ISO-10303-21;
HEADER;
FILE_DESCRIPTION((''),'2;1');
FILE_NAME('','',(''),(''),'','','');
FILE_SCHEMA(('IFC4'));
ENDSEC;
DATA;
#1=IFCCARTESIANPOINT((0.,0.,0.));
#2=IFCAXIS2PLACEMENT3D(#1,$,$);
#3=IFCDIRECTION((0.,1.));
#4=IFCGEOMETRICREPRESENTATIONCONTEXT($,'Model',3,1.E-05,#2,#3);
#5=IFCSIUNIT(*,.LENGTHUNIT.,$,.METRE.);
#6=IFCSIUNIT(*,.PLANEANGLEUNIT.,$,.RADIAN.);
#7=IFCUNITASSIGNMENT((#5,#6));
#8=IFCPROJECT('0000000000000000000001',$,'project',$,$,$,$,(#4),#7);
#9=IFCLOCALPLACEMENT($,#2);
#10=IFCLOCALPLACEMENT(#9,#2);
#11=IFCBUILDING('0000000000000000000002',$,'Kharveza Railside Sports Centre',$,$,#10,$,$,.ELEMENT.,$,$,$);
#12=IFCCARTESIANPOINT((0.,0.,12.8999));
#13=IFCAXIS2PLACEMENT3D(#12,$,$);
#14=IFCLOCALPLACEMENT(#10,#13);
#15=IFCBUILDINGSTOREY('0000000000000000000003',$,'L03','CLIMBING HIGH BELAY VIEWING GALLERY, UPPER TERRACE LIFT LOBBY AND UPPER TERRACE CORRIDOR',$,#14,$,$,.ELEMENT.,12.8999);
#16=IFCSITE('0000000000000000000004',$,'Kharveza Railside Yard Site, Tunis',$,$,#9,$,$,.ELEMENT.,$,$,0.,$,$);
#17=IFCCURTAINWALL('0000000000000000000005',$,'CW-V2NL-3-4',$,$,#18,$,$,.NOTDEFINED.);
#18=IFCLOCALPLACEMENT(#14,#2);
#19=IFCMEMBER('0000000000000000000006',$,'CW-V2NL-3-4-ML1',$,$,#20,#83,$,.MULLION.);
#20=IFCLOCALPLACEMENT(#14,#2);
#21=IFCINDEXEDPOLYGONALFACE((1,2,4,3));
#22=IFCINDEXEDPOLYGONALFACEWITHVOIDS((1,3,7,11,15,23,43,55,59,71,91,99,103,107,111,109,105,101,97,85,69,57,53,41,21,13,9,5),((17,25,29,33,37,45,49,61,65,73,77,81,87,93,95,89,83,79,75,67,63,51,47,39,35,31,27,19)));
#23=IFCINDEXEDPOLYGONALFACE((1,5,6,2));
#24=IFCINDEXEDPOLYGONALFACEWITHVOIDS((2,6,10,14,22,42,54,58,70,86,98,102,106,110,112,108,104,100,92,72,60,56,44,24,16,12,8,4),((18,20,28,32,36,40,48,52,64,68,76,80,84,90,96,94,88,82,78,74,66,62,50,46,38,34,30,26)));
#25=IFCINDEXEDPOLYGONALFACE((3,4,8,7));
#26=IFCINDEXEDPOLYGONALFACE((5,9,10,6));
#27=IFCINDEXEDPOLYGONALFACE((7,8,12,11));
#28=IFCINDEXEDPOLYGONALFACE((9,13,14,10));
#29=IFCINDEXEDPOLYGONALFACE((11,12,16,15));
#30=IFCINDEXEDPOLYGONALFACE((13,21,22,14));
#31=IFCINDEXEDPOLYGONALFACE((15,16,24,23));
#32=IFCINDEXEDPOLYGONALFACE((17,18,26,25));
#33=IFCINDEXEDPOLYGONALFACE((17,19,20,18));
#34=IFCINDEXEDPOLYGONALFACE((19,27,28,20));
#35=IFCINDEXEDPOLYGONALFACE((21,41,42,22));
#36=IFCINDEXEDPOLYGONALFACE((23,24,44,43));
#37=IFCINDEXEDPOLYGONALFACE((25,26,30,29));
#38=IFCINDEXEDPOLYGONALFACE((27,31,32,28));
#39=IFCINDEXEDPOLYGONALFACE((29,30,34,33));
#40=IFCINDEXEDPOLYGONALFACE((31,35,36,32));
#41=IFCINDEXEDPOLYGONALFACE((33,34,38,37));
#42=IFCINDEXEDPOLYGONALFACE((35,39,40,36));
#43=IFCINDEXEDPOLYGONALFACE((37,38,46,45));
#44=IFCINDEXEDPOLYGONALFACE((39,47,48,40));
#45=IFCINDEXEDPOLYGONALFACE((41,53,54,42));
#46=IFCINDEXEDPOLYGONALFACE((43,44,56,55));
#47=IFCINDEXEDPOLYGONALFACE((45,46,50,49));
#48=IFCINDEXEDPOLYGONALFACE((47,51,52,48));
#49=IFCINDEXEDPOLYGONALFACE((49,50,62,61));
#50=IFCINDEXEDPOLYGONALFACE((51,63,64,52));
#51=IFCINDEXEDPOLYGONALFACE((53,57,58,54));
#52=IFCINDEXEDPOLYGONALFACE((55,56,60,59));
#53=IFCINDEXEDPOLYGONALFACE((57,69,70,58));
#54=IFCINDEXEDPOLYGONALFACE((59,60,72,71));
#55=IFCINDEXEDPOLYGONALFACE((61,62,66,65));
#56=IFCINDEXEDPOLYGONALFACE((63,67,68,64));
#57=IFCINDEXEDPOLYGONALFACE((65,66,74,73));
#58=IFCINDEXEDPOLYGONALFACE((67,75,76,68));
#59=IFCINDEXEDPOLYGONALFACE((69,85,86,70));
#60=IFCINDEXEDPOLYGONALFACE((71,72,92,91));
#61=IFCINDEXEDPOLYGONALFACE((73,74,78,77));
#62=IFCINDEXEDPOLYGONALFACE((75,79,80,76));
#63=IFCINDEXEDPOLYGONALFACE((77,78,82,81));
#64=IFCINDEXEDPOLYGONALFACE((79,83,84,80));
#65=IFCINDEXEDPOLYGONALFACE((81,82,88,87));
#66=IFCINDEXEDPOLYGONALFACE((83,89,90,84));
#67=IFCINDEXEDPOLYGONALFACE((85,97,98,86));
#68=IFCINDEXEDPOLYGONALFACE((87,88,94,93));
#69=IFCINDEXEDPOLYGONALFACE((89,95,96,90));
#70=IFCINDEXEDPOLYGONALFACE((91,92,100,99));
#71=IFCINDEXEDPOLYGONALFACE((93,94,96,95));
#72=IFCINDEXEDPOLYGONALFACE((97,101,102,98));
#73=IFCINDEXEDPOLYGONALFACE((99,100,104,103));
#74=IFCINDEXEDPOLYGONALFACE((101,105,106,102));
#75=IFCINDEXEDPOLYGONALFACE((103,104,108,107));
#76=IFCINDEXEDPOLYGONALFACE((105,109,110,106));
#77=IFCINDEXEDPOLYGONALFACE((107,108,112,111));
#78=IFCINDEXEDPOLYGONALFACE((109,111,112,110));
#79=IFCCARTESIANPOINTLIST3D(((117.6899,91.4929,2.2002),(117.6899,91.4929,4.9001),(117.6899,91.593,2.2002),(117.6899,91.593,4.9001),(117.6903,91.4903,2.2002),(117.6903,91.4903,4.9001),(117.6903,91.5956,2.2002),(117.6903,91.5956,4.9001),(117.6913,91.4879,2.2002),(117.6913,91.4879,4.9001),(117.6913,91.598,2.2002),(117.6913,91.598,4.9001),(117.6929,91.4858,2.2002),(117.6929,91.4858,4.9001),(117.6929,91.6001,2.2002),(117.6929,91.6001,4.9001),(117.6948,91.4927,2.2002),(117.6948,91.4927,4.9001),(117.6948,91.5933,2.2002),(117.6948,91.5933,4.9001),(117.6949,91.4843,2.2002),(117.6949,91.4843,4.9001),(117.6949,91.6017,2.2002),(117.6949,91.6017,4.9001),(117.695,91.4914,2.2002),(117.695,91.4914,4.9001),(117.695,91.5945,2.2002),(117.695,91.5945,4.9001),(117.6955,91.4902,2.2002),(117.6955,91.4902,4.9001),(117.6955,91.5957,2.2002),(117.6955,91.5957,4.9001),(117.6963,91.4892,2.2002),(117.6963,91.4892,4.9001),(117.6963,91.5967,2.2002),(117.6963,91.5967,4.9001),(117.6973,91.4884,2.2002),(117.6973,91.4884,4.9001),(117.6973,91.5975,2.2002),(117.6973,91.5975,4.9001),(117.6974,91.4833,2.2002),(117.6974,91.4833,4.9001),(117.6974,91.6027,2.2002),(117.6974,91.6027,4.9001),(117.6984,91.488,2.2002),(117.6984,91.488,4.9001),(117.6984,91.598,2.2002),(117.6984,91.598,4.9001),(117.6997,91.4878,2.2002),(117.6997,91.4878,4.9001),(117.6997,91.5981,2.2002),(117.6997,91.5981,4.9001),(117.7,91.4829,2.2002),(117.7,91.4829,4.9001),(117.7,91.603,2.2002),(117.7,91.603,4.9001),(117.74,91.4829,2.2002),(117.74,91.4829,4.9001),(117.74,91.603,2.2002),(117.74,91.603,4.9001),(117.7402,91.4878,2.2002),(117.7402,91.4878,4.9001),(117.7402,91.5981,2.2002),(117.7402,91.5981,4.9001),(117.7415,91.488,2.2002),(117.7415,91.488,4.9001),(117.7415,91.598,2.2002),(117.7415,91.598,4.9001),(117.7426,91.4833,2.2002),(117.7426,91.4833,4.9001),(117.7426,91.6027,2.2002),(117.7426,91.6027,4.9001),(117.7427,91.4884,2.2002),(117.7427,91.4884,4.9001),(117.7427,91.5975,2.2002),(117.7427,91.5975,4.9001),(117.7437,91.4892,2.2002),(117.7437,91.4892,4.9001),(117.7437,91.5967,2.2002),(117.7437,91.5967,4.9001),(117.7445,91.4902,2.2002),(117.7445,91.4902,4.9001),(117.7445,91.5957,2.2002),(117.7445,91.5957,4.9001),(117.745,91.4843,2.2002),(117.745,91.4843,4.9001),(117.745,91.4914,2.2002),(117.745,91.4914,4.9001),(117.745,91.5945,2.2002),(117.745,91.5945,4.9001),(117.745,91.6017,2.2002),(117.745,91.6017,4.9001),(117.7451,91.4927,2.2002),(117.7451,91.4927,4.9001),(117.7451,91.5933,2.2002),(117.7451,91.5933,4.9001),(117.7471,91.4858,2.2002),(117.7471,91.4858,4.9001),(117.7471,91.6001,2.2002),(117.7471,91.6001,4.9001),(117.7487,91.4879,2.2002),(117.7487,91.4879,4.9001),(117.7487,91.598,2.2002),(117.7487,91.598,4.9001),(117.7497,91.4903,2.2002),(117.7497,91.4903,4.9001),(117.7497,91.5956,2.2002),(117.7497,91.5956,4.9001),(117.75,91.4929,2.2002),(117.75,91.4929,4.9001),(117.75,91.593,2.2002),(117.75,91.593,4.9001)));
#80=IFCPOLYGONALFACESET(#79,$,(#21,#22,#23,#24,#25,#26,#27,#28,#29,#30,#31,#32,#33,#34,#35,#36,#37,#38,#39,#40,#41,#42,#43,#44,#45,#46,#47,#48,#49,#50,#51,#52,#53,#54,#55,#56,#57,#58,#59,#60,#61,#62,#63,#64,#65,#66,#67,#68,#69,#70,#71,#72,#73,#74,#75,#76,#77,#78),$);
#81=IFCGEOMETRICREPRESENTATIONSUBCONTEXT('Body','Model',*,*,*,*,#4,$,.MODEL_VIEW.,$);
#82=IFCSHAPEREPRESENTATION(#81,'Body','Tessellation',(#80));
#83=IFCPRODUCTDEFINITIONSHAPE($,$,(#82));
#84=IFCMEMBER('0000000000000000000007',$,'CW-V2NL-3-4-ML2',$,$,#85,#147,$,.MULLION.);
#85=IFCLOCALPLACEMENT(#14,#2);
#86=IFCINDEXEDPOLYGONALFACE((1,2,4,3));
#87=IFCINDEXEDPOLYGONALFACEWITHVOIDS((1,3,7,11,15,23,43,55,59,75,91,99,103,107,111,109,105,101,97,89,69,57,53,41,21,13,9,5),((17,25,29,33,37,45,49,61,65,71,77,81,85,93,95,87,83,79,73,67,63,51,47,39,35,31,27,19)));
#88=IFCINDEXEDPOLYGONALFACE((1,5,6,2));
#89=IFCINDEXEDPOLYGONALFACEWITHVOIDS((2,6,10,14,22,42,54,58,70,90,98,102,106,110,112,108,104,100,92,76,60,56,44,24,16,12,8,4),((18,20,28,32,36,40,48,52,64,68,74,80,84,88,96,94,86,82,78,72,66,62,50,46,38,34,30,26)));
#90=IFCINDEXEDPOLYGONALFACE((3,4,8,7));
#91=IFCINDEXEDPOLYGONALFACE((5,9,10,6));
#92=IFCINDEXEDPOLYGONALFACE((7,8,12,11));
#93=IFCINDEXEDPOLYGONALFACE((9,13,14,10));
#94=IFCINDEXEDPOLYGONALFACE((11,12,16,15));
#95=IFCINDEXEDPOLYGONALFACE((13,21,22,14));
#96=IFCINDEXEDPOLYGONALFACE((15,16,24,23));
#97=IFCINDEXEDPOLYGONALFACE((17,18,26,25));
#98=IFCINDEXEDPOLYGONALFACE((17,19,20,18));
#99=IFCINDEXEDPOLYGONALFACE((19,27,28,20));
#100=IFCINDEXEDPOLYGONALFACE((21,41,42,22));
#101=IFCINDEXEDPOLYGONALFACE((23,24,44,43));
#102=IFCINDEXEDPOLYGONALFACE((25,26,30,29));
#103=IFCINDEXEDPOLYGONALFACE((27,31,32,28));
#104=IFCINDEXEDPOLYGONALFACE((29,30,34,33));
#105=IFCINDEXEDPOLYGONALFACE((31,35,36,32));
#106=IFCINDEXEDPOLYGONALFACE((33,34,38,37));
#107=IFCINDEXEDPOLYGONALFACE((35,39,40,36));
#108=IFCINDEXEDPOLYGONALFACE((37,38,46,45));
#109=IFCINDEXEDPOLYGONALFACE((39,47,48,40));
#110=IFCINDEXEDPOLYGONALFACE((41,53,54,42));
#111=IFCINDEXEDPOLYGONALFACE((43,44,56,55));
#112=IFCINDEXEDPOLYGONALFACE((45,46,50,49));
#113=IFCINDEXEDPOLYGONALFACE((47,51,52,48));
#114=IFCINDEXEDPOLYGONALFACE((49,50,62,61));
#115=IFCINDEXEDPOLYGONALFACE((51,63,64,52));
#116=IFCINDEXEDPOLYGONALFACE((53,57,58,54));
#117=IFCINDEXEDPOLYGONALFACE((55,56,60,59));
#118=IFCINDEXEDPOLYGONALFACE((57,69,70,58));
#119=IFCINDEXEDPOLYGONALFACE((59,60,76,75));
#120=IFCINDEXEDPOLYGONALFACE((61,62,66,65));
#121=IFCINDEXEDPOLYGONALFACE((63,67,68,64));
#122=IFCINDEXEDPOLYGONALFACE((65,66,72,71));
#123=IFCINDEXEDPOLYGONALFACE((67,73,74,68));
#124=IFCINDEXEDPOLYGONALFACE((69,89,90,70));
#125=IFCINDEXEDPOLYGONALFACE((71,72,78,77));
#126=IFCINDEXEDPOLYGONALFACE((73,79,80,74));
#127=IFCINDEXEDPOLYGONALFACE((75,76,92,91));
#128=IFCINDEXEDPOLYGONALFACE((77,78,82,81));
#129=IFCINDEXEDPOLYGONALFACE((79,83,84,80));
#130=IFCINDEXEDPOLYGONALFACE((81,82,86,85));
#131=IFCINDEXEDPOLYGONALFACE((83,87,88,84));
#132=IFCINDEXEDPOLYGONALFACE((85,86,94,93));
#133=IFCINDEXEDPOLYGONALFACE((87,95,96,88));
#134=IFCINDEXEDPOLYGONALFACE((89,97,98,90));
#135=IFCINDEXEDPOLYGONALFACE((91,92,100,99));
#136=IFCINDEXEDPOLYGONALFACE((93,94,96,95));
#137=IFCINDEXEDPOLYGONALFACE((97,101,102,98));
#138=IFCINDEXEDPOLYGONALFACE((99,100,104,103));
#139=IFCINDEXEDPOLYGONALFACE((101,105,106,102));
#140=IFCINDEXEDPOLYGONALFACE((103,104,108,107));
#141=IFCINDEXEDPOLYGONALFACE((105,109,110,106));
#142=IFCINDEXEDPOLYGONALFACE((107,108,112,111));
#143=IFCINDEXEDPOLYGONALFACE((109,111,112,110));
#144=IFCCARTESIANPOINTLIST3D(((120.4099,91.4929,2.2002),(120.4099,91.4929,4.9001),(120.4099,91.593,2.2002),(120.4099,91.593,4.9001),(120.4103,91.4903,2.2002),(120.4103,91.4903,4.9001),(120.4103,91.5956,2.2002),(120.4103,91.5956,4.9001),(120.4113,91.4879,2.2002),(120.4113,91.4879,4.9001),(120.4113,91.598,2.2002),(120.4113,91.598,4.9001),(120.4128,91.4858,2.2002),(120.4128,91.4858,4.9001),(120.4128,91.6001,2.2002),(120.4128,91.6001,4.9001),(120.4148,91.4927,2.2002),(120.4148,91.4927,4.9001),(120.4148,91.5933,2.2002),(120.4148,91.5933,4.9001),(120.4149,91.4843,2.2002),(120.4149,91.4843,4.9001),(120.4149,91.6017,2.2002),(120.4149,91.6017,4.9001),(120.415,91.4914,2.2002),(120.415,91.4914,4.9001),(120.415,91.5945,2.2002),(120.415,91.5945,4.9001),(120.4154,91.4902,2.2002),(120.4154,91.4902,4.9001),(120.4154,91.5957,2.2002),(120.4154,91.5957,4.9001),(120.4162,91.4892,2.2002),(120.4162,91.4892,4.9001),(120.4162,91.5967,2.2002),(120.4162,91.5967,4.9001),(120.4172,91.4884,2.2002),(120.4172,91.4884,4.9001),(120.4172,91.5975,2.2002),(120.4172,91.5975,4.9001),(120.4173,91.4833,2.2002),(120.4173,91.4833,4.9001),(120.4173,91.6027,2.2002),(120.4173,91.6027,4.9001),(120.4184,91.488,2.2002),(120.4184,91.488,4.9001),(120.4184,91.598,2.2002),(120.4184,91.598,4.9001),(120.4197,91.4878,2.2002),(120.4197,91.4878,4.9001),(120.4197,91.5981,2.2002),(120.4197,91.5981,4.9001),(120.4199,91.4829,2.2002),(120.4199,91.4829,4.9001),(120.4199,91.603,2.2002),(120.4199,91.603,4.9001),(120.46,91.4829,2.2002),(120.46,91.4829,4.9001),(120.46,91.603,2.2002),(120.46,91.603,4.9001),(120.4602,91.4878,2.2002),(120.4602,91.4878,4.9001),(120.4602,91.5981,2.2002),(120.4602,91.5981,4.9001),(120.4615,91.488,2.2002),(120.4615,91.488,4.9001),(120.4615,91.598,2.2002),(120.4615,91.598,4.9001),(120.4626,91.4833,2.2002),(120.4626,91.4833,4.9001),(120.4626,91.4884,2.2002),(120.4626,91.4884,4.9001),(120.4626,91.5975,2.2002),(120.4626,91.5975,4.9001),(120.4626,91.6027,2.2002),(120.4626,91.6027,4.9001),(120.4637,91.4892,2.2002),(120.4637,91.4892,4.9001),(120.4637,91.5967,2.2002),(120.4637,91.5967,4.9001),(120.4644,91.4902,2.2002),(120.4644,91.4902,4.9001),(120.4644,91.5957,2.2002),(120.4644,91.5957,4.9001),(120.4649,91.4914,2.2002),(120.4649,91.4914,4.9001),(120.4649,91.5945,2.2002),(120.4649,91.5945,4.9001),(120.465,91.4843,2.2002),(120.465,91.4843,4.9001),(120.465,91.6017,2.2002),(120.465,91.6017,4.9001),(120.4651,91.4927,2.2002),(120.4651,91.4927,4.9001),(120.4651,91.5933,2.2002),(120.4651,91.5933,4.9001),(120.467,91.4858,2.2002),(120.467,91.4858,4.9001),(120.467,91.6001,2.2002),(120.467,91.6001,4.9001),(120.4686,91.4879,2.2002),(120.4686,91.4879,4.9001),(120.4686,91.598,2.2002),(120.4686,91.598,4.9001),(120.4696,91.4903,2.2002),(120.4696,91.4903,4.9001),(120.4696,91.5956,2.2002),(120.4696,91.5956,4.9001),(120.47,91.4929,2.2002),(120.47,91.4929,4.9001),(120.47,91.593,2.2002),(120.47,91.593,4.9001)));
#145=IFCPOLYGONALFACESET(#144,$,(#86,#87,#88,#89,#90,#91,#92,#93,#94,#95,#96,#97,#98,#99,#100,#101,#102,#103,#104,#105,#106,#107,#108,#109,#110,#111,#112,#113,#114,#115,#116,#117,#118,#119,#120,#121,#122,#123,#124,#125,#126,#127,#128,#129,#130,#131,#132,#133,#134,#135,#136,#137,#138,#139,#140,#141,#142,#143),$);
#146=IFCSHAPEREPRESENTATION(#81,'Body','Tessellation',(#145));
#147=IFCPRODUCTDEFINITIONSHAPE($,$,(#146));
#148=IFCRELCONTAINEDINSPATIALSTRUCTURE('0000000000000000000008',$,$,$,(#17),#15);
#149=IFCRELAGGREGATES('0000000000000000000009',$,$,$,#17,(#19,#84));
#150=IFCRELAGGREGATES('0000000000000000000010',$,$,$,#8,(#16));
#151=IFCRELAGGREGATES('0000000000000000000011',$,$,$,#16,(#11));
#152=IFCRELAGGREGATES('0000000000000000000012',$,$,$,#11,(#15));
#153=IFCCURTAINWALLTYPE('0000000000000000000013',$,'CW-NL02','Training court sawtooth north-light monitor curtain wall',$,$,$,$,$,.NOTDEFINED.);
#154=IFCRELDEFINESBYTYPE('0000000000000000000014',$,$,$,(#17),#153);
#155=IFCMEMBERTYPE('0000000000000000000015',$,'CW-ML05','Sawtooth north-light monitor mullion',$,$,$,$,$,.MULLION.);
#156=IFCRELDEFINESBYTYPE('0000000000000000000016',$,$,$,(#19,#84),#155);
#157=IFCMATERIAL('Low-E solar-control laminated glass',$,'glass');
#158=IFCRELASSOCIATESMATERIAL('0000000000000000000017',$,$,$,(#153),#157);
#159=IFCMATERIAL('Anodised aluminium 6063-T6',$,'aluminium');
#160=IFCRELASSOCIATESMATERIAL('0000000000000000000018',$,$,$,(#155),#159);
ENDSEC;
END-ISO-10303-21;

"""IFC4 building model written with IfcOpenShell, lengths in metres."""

from ifc_helpers import new_model, si_unit, direction, frame, origin, origin_2d, place, context, subcontext, project, spatial, hollow_rectangle, extrude, material, material_profile, profile_set, type_object, element, aggregate, save


model = new_model("IFC4")

# Units and contexts
model_context = context("Model", 3, precision=1e-05, world=origin(), true_north=direction((0.0, 1.0)))
body_context = subcontext(model_context, "Body", "Model", "MODEL_VIEW")
ifc_project = project(units=[si_unit("LENGTHUNIT", "METRE"), si_unit("PLANEANGLEUNIT", "RADIAN")], contexts=[model_context])

# Site, building, storey
site_placement = place(None, origin())
site = spatial("IfcSite", under=ifc_project, at=site_placement, Name="Kharveza Railside Yard Site, Tunis", CompositionType="ELEMENT", RefElevation=0.0)
building_placement = place(site_placement, origin())
building = spatial("IfcBuilding", under=site, at=building_placement, Name="Kharveza Railside Sports Centre", CompositionType="ELEMENT")
storey_placement = place(building_placement, frame((0.0, 0.0, 12.8999)))
storey = spatial("IfcBuildingStorey", under=building, at=storey_placement, Name="L03", Description="CLIMBING HIGH BELAY VIEWING GALLERY, UPPER TERRACE LIFT LOBBY AND UPPER TERRACE CORRIDOR", CompositionType="ELEMENT", Elevation=12.8999)

# Curtain wall, members
ifc_material_1 = material(Name="Low-E solar-control laminated glass", Category="glass")
curtain_wall_type = type_object("IfcCurtainWallType", Name="CW-NL02", Description="Training court sawtooth north-light monitor curtain wall", PredefinedType="NOTDEFINED", material=ifc_material_1)
ifc_material_2 = material(Name="Anodised aluminium 6063-T6", Category="aluminium")
ifc_material_profile_1 = material_profile(ifc_material_2, hollow_rectangle(XDim=0.0601, YDim=0.1201, WallThickness=0.0049, InnerFilletRadius=0.0049, OuterFilletRadius=0.01, at=origin_2d()), Name="RHS 60x120x5.0")
ifc_profile_set_1 = profile_set([ifc_material_profile_1], Name="Anodised aluminium 6063-T6")
member_type_1 = type_object("IfcMemberType", Name="CW-ML05", Description="Sawtooth north-light monitor mullion", PredefinedType="MULLION", material=ifc_profile_set_1)
curtain_wall_1_placement = place(storey_placement, origin())
curtain_wall_1 = element("IfcCurtainWall", 1, at=curtain_wall_1_placement, inside=storey, type_object=curtain_wall_type, Name="CW-V2NL-3-4", PredefinedType="NOTDEFINED")
member_1_placement = place(storey_placement, frame((117.72, 91.543, 2.2002), z_axis=(0.0, 0.0, 1.0), x_axis=(1.0, 0.0, 0.0)))
member_1 = element("IfcMember", 2, at=member_1_placement, type_object=member_type_1, Name="CW-V2NL-3-4-ML1", PredefinedType="MULLION", context=body_context, shape_type="SweptSolid", body=[
    extrude(hollow_rectangle(XDim=0.0601, YDim=0.1201, WallThickness=0.0049, InnerFilletRadius=0.0049, OuterFilletRadius=0.01, at=origin_2d()), origin(), (0.0, 0.0, 1.0), 2.7),
])
member_2_placement = place(storey_placement, frame((120.4399, 91.543, 2.2002), z_axis=(0.0, 0.0, 1.0), x_axis=(1.0, 0.0, 0.0)))
member_2 = element("IfcMember", 3, at=member_2_placement, type_object=member_type_1, Name="CW-V2NL-3-4-ML2", PredefinedType="MULLION", context=body_context, shape_type="SweptSolid", body=[
    extrude(hollow_rectangle(XDim=0.0601, YDim=0.1201, WallThickness=0.0049, InnerFilletRadius=0.0049, OuterFilletRadius=0.01, at=origin_2d()), origin(), (0.0, 0.0, 1.0), 2.7),
])

aggregate(curtain_wall_1, [member_1, member_2])

save(model, "model.ifc")
